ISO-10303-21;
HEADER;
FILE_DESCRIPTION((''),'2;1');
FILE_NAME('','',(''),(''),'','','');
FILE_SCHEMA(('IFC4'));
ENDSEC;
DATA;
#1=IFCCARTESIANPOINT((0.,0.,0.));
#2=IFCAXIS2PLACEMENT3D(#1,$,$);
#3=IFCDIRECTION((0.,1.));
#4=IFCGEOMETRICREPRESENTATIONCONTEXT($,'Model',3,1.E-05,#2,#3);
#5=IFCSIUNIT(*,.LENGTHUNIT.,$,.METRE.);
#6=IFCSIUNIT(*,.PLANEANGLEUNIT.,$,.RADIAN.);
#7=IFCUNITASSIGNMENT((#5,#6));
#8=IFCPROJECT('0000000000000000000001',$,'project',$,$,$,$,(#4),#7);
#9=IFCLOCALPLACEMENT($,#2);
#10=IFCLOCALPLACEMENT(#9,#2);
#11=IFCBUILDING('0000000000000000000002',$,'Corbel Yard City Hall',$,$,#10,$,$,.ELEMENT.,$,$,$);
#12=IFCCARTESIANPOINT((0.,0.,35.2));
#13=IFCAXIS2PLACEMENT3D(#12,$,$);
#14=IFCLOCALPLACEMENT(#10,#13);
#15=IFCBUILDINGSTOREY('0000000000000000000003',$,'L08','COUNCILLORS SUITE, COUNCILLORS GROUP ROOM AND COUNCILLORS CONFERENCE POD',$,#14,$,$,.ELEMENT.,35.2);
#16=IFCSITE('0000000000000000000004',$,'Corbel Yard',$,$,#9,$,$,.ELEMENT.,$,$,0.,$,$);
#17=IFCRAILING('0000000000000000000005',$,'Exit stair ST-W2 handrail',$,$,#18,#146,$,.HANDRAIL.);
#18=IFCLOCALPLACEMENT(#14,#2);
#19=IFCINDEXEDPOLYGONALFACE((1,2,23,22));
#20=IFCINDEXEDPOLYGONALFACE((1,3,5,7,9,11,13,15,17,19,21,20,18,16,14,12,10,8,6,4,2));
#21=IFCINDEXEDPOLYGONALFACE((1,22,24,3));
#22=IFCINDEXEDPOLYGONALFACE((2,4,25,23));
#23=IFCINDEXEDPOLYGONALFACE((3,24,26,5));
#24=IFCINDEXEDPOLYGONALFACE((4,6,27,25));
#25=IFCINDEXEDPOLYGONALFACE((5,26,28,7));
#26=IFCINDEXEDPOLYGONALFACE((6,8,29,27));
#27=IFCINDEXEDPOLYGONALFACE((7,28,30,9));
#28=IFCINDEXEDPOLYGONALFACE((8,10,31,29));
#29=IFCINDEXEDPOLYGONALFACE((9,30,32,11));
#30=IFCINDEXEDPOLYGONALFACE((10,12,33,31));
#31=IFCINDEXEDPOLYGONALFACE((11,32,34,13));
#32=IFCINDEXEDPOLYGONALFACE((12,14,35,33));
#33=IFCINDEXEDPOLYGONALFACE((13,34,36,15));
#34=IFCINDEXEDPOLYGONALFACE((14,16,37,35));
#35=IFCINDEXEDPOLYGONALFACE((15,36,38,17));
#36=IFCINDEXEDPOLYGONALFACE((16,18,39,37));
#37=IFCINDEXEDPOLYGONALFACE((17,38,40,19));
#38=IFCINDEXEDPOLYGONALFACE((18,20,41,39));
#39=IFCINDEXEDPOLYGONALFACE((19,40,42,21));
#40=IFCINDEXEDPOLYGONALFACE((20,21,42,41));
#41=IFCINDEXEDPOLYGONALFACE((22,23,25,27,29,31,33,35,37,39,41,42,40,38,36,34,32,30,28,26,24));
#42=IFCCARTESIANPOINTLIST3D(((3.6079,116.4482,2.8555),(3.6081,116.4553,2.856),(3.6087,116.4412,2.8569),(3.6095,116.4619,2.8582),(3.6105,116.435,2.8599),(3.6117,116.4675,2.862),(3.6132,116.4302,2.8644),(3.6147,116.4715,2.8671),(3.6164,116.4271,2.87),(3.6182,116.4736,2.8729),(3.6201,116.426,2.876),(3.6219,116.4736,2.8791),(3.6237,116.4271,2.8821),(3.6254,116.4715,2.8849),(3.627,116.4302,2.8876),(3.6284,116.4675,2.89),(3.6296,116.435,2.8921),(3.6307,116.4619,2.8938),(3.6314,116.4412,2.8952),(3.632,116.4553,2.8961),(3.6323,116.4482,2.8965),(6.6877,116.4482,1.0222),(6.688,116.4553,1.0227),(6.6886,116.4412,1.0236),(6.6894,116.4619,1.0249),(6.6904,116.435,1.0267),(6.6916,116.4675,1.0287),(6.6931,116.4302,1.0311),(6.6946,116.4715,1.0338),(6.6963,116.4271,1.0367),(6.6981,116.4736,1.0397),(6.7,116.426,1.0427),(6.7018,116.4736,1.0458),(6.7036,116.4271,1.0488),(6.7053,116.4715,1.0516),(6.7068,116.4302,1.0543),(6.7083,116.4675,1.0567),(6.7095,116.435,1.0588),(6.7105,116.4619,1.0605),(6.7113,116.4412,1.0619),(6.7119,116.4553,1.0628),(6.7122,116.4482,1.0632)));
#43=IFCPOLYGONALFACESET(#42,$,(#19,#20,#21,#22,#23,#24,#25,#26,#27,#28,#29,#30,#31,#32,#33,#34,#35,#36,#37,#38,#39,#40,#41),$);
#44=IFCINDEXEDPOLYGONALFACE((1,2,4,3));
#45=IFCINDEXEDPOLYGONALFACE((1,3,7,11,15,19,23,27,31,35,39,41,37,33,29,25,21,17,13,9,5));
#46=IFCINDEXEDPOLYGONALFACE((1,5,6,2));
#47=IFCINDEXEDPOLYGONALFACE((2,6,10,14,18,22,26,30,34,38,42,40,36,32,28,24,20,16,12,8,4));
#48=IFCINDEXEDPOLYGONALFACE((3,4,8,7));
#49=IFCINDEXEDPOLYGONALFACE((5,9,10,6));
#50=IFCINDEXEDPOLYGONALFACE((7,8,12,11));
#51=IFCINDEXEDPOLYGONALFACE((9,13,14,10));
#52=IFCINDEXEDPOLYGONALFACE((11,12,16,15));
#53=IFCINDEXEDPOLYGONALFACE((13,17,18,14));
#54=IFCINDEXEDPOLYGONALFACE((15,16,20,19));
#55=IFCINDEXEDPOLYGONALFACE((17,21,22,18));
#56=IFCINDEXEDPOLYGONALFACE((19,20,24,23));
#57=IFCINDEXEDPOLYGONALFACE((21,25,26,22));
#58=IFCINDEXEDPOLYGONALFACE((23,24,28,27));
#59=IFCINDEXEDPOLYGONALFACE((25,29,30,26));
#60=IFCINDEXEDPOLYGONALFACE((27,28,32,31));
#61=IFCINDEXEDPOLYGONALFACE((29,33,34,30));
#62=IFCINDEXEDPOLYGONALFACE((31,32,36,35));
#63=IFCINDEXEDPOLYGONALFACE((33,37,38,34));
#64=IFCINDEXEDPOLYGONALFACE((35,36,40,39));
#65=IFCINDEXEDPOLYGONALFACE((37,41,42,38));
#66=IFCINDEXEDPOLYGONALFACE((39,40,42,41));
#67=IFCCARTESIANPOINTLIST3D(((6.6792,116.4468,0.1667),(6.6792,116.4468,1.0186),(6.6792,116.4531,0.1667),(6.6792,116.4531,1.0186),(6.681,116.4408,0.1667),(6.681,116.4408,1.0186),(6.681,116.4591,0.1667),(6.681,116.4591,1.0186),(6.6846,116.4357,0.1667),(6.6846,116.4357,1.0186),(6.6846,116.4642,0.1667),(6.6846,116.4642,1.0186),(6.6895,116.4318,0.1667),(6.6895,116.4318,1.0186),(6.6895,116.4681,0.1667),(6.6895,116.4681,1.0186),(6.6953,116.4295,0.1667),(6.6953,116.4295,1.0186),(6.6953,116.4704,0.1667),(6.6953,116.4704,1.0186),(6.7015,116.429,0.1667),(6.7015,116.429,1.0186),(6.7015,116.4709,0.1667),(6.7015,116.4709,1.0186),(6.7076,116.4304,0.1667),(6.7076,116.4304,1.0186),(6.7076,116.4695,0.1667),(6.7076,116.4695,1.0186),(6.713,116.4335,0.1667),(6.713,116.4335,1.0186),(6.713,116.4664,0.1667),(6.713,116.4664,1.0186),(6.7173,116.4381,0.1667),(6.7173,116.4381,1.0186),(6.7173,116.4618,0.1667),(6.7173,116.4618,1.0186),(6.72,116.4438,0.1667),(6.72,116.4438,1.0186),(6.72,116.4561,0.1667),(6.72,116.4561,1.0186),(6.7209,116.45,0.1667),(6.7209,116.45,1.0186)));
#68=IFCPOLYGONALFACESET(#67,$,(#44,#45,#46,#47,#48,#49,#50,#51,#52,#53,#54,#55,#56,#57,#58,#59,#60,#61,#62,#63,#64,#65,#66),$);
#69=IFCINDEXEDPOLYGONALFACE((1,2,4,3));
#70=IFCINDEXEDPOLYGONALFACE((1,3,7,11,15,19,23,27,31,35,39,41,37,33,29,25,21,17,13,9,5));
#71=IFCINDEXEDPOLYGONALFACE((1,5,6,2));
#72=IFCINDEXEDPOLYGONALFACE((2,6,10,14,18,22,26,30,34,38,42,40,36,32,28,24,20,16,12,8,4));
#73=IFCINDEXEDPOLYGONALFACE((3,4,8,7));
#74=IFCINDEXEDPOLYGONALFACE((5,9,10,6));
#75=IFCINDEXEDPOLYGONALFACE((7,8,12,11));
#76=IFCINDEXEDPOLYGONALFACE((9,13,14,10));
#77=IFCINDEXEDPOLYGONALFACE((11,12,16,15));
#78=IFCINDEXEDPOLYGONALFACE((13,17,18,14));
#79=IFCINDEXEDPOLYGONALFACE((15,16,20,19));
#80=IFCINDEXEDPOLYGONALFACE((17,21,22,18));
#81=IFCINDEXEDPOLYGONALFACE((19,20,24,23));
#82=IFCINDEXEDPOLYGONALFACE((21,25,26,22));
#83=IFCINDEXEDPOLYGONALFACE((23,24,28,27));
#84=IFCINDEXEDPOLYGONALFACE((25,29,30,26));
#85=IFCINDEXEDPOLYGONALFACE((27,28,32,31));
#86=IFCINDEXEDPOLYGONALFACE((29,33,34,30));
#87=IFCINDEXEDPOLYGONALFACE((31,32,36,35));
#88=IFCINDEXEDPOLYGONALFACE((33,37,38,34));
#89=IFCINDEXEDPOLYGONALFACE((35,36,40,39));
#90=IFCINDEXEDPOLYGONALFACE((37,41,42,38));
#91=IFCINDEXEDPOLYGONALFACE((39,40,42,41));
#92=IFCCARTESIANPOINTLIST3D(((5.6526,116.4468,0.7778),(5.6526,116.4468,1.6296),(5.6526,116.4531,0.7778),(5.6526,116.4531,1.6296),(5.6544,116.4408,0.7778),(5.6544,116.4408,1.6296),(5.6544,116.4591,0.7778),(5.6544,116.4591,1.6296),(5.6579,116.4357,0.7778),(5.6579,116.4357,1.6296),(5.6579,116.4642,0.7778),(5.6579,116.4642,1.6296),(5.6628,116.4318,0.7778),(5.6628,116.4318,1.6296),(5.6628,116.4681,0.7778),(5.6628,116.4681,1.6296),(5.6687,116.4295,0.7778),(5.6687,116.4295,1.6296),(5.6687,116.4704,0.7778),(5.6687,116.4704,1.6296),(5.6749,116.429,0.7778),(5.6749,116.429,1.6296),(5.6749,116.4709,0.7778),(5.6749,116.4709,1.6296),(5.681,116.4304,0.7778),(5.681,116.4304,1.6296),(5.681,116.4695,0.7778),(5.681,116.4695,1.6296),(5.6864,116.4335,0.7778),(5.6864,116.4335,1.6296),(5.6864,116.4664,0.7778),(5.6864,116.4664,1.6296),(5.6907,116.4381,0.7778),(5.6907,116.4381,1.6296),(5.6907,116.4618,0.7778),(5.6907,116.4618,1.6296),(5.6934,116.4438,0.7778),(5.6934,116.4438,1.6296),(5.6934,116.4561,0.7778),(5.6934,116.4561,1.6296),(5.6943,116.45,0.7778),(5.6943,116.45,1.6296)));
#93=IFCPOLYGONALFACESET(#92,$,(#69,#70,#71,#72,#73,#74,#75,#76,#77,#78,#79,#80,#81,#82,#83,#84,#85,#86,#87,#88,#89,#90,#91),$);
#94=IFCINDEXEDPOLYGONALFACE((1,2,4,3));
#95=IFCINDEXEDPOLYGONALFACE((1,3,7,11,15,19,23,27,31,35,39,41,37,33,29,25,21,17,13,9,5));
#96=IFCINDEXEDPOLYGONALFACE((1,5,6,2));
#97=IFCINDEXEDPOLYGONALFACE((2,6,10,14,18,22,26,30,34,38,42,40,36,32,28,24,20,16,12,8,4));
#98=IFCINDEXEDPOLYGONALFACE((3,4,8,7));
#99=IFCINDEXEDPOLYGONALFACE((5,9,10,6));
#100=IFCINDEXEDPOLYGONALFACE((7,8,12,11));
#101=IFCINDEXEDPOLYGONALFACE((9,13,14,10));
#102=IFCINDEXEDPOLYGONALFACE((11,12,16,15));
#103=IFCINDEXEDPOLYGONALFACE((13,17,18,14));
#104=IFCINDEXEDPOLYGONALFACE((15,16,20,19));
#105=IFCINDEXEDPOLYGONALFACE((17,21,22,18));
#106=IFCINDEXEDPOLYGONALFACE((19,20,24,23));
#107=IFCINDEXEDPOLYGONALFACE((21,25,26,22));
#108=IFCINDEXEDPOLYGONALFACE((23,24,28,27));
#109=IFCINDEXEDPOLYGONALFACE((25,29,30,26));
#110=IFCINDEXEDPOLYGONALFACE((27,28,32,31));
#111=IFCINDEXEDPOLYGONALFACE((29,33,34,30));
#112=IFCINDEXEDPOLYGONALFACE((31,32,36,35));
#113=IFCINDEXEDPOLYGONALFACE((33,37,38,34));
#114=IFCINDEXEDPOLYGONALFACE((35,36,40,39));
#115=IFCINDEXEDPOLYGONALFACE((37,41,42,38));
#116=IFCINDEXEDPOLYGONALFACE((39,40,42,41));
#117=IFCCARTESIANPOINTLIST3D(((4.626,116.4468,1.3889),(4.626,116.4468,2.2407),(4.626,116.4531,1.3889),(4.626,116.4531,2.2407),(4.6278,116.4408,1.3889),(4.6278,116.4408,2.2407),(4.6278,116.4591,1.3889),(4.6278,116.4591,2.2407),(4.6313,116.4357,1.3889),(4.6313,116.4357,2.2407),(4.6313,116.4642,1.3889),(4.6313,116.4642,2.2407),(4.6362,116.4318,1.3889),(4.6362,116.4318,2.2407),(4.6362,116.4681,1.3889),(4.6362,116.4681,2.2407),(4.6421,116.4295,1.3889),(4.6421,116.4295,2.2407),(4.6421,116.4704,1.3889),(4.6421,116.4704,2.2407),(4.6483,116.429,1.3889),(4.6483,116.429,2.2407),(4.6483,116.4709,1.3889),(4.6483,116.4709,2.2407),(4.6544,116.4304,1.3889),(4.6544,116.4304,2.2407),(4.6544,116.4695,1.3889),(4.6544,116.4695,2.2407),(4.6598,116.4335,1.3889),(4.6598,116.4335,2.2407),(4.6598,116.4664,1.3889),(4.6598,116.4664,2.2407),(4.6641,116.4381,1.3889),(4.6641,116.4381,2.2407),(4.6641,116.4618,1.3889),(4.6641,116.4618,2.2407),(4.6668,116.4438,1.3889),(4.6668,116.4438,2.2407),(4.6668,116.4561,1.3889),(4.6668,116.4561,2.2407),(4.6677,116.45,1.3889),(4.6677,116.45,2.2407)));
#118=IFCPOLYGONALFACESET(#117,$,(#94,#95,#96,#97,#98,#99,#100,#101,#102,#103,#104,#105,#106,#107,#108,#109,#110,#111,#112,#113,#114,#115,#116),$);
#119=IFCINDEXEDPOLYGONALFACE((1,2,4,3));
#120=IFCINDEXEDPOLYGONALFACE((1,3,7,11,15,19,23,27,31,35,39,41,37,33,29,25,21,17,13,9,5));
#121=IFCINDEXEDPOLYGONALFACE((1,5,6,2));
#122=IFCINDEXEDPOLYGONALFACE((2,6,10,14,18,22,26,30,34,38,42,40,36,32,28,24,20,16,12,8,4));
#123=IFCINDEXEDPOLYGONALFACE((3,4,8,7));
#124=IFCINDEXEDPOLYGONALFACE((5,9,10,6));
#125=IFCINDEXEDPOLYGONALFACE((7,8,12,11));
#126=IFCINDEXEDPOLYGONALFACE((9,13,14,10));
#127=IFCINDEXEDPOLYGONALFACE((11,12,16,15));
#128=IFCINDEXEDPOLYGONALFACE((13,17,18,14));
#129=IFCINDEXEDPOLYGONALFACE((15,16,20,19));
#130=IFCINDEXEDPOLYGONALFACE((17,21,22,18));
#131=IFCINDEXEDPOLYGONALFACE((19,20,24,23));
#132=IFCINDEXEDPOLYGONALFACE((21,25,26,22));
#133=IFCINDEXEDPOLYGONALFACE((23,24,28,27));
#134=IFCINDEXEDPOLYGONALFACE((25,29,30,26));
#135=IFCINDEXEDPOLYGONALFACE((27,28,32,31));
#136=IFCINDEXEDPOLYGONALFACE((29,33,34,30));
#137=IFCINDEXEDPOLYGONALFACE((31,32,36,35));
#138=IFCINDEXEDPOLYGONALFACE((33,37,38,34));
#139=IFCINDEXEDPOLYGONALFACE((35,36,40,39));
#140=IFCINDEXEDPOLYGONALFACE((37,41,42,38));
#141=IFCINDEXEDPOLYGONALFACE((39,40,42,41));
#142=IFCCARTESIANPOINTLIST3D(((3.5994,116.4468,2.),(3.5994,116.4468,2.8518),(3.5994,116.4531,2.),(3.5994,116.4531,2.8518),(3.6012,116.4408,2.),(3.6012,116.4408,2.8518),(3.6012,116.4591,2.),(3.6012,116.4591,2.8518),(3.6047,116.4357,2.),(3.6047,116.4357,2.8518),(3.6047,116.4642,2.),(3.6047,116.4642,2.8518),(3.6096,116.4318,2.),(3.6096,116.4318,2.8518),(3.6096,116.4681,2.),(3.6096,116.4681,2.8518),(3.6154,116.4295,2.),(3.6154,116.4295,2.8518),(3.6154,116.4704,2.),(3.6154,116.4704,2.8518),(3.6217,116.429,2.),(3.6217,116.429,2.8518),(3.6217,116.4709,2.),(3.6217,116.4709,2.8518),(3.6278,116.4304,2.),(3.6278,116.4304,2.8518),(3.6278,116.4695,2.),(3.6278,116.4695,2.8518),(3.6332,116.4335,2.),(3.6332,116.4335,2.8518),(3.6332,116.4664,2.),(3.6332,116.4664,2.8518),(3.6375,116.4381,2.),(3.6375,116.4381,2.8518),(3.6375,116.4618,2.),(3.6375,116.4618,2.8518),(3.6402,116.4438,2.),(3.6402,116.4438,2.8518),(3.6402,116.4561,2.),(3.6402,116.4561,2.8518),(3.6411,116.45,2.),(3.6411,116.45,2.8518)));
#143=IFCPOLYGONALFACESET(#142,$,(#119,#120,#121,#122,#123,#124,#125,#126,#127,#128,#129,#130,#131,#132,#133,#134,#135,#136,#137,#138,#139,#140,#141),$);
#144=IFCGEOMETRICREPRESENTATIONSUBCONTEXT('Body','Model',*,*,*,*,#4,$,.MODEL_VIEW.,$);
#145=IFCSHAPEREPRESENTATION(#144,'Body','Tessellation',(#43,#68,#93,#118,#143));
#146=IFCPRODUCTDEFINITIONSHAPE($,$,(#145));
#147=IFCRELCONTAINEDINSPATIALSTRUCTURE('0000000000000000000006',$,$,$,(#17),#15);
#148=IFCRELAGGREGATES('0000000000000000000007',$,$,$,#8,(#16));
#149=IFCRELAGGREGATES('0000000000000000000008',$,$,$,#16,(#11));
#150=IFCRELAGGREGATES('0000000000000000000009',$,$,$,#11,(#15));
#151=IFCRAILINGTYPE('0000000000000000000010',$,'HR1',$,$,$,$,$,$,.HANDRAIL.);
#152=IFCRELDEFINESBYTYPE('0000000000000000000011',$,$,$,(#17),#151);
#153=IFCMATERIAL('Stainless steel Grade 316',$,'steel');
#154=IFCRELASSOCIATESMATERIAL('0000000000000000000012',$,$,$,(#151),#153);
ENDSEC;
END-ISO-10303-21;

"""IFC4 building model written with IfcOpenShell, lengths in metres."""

from ifc_helpers import new_model, si_unit, direction, frame, origin, origin_2d, place, context, subcontext, project, spatial, circle, extrude, material, type_object, element, save


model = new_model("IFC4")

# Units and contexts
model_context = context("Model", 3, precision=1e-05, world=origin(), true_north=direction((0.0, 1.0)))
body_context = subcontext(model_context, "Body", "Model", "MODEL_VIEW")
ifc_project = project(units=[si_unit("LENGTHUNIT", "METRE"), si_unit("PLANEANGLEUNIT", "RADIAN")], contexts=[model_context])

# Site, building, storey
site_placement = place(None, origin())
site = spatial("IfcSite", under=ifc_project, at=site_placement, Name="Corbel Yard", CompositionType="ELEMENT", RefElevation=0.0)
building_placement = place(site_placement, origin())
building = spatial("IfcBuilding", under=site, at=building_placement, Name="Corbel Yard City Hall", CompositionType="ELEMENT")
storey_placement = place(building_placement, frame((0.0, 0.0, 35.2)))
storey = spatial("IfcBuildingStorey", under=building, at=storey_placement, Name="L08", Description="COUNCILLORS SUITE, COUNCILLORS GROUP ROOM AND COUNCILLORS CONFERENCE POD", CompositionType="ELEMENT", Elevation=35.2)

# Shared definitions
ifc_material_1 = material(Name="Stainless steel Grade 316", Category="steel")

# Railing
railing_type = type_object("IfcRailingType", Name="HR1", PredefinedType="HANDRAIL", material=ifc_material_1)
for number, where, name in (
    (1, (6.7, 116.45, 0.1667), "Exit stair ST-W2 handrail"),
):
    element("IfcRailing", number, at=place(storey_placement, frame(where)), inside=storey, type_object=railing_type, Name=name, PredefinedType="HANDRAIL", context=body_context, shape_type="SweptSolid", body=[
        extrude(circle(Radius=0.0239, at=origin_2d()), frame((0.0, 0.0, 0.876), z_axis=(-0.859291, 0.0, 0.511487), x_axis=(0.0, -1.0, 0.0)), (0.0, 0.0, 1.0), 3.5842),
        extrude(circle(Radius=0.021, at=origin_2d()), origin(), (0.0, 0.0, 1.0), 0.8518),
        extrude(circle(Radius=0.021, at=origin_2d()), frame((-1.0266, 0.0, 0.6111)), (0.0, 0.0, 1.0), 0.8518),
        extrude(circle(Radius=0.021, at=origin_2d()), frame((-2.0532, 0.0, 1.2222)), (0.0, 0.0, 1.0), 0.8518),
        extrude(circle(Radius=0.021, at=origin_2d()), frame((-3.0798, 0.0, 1.8333)), (0.0, 0.0, 1.0), 0.8518),
    ])

save(model, "model.ifc")
